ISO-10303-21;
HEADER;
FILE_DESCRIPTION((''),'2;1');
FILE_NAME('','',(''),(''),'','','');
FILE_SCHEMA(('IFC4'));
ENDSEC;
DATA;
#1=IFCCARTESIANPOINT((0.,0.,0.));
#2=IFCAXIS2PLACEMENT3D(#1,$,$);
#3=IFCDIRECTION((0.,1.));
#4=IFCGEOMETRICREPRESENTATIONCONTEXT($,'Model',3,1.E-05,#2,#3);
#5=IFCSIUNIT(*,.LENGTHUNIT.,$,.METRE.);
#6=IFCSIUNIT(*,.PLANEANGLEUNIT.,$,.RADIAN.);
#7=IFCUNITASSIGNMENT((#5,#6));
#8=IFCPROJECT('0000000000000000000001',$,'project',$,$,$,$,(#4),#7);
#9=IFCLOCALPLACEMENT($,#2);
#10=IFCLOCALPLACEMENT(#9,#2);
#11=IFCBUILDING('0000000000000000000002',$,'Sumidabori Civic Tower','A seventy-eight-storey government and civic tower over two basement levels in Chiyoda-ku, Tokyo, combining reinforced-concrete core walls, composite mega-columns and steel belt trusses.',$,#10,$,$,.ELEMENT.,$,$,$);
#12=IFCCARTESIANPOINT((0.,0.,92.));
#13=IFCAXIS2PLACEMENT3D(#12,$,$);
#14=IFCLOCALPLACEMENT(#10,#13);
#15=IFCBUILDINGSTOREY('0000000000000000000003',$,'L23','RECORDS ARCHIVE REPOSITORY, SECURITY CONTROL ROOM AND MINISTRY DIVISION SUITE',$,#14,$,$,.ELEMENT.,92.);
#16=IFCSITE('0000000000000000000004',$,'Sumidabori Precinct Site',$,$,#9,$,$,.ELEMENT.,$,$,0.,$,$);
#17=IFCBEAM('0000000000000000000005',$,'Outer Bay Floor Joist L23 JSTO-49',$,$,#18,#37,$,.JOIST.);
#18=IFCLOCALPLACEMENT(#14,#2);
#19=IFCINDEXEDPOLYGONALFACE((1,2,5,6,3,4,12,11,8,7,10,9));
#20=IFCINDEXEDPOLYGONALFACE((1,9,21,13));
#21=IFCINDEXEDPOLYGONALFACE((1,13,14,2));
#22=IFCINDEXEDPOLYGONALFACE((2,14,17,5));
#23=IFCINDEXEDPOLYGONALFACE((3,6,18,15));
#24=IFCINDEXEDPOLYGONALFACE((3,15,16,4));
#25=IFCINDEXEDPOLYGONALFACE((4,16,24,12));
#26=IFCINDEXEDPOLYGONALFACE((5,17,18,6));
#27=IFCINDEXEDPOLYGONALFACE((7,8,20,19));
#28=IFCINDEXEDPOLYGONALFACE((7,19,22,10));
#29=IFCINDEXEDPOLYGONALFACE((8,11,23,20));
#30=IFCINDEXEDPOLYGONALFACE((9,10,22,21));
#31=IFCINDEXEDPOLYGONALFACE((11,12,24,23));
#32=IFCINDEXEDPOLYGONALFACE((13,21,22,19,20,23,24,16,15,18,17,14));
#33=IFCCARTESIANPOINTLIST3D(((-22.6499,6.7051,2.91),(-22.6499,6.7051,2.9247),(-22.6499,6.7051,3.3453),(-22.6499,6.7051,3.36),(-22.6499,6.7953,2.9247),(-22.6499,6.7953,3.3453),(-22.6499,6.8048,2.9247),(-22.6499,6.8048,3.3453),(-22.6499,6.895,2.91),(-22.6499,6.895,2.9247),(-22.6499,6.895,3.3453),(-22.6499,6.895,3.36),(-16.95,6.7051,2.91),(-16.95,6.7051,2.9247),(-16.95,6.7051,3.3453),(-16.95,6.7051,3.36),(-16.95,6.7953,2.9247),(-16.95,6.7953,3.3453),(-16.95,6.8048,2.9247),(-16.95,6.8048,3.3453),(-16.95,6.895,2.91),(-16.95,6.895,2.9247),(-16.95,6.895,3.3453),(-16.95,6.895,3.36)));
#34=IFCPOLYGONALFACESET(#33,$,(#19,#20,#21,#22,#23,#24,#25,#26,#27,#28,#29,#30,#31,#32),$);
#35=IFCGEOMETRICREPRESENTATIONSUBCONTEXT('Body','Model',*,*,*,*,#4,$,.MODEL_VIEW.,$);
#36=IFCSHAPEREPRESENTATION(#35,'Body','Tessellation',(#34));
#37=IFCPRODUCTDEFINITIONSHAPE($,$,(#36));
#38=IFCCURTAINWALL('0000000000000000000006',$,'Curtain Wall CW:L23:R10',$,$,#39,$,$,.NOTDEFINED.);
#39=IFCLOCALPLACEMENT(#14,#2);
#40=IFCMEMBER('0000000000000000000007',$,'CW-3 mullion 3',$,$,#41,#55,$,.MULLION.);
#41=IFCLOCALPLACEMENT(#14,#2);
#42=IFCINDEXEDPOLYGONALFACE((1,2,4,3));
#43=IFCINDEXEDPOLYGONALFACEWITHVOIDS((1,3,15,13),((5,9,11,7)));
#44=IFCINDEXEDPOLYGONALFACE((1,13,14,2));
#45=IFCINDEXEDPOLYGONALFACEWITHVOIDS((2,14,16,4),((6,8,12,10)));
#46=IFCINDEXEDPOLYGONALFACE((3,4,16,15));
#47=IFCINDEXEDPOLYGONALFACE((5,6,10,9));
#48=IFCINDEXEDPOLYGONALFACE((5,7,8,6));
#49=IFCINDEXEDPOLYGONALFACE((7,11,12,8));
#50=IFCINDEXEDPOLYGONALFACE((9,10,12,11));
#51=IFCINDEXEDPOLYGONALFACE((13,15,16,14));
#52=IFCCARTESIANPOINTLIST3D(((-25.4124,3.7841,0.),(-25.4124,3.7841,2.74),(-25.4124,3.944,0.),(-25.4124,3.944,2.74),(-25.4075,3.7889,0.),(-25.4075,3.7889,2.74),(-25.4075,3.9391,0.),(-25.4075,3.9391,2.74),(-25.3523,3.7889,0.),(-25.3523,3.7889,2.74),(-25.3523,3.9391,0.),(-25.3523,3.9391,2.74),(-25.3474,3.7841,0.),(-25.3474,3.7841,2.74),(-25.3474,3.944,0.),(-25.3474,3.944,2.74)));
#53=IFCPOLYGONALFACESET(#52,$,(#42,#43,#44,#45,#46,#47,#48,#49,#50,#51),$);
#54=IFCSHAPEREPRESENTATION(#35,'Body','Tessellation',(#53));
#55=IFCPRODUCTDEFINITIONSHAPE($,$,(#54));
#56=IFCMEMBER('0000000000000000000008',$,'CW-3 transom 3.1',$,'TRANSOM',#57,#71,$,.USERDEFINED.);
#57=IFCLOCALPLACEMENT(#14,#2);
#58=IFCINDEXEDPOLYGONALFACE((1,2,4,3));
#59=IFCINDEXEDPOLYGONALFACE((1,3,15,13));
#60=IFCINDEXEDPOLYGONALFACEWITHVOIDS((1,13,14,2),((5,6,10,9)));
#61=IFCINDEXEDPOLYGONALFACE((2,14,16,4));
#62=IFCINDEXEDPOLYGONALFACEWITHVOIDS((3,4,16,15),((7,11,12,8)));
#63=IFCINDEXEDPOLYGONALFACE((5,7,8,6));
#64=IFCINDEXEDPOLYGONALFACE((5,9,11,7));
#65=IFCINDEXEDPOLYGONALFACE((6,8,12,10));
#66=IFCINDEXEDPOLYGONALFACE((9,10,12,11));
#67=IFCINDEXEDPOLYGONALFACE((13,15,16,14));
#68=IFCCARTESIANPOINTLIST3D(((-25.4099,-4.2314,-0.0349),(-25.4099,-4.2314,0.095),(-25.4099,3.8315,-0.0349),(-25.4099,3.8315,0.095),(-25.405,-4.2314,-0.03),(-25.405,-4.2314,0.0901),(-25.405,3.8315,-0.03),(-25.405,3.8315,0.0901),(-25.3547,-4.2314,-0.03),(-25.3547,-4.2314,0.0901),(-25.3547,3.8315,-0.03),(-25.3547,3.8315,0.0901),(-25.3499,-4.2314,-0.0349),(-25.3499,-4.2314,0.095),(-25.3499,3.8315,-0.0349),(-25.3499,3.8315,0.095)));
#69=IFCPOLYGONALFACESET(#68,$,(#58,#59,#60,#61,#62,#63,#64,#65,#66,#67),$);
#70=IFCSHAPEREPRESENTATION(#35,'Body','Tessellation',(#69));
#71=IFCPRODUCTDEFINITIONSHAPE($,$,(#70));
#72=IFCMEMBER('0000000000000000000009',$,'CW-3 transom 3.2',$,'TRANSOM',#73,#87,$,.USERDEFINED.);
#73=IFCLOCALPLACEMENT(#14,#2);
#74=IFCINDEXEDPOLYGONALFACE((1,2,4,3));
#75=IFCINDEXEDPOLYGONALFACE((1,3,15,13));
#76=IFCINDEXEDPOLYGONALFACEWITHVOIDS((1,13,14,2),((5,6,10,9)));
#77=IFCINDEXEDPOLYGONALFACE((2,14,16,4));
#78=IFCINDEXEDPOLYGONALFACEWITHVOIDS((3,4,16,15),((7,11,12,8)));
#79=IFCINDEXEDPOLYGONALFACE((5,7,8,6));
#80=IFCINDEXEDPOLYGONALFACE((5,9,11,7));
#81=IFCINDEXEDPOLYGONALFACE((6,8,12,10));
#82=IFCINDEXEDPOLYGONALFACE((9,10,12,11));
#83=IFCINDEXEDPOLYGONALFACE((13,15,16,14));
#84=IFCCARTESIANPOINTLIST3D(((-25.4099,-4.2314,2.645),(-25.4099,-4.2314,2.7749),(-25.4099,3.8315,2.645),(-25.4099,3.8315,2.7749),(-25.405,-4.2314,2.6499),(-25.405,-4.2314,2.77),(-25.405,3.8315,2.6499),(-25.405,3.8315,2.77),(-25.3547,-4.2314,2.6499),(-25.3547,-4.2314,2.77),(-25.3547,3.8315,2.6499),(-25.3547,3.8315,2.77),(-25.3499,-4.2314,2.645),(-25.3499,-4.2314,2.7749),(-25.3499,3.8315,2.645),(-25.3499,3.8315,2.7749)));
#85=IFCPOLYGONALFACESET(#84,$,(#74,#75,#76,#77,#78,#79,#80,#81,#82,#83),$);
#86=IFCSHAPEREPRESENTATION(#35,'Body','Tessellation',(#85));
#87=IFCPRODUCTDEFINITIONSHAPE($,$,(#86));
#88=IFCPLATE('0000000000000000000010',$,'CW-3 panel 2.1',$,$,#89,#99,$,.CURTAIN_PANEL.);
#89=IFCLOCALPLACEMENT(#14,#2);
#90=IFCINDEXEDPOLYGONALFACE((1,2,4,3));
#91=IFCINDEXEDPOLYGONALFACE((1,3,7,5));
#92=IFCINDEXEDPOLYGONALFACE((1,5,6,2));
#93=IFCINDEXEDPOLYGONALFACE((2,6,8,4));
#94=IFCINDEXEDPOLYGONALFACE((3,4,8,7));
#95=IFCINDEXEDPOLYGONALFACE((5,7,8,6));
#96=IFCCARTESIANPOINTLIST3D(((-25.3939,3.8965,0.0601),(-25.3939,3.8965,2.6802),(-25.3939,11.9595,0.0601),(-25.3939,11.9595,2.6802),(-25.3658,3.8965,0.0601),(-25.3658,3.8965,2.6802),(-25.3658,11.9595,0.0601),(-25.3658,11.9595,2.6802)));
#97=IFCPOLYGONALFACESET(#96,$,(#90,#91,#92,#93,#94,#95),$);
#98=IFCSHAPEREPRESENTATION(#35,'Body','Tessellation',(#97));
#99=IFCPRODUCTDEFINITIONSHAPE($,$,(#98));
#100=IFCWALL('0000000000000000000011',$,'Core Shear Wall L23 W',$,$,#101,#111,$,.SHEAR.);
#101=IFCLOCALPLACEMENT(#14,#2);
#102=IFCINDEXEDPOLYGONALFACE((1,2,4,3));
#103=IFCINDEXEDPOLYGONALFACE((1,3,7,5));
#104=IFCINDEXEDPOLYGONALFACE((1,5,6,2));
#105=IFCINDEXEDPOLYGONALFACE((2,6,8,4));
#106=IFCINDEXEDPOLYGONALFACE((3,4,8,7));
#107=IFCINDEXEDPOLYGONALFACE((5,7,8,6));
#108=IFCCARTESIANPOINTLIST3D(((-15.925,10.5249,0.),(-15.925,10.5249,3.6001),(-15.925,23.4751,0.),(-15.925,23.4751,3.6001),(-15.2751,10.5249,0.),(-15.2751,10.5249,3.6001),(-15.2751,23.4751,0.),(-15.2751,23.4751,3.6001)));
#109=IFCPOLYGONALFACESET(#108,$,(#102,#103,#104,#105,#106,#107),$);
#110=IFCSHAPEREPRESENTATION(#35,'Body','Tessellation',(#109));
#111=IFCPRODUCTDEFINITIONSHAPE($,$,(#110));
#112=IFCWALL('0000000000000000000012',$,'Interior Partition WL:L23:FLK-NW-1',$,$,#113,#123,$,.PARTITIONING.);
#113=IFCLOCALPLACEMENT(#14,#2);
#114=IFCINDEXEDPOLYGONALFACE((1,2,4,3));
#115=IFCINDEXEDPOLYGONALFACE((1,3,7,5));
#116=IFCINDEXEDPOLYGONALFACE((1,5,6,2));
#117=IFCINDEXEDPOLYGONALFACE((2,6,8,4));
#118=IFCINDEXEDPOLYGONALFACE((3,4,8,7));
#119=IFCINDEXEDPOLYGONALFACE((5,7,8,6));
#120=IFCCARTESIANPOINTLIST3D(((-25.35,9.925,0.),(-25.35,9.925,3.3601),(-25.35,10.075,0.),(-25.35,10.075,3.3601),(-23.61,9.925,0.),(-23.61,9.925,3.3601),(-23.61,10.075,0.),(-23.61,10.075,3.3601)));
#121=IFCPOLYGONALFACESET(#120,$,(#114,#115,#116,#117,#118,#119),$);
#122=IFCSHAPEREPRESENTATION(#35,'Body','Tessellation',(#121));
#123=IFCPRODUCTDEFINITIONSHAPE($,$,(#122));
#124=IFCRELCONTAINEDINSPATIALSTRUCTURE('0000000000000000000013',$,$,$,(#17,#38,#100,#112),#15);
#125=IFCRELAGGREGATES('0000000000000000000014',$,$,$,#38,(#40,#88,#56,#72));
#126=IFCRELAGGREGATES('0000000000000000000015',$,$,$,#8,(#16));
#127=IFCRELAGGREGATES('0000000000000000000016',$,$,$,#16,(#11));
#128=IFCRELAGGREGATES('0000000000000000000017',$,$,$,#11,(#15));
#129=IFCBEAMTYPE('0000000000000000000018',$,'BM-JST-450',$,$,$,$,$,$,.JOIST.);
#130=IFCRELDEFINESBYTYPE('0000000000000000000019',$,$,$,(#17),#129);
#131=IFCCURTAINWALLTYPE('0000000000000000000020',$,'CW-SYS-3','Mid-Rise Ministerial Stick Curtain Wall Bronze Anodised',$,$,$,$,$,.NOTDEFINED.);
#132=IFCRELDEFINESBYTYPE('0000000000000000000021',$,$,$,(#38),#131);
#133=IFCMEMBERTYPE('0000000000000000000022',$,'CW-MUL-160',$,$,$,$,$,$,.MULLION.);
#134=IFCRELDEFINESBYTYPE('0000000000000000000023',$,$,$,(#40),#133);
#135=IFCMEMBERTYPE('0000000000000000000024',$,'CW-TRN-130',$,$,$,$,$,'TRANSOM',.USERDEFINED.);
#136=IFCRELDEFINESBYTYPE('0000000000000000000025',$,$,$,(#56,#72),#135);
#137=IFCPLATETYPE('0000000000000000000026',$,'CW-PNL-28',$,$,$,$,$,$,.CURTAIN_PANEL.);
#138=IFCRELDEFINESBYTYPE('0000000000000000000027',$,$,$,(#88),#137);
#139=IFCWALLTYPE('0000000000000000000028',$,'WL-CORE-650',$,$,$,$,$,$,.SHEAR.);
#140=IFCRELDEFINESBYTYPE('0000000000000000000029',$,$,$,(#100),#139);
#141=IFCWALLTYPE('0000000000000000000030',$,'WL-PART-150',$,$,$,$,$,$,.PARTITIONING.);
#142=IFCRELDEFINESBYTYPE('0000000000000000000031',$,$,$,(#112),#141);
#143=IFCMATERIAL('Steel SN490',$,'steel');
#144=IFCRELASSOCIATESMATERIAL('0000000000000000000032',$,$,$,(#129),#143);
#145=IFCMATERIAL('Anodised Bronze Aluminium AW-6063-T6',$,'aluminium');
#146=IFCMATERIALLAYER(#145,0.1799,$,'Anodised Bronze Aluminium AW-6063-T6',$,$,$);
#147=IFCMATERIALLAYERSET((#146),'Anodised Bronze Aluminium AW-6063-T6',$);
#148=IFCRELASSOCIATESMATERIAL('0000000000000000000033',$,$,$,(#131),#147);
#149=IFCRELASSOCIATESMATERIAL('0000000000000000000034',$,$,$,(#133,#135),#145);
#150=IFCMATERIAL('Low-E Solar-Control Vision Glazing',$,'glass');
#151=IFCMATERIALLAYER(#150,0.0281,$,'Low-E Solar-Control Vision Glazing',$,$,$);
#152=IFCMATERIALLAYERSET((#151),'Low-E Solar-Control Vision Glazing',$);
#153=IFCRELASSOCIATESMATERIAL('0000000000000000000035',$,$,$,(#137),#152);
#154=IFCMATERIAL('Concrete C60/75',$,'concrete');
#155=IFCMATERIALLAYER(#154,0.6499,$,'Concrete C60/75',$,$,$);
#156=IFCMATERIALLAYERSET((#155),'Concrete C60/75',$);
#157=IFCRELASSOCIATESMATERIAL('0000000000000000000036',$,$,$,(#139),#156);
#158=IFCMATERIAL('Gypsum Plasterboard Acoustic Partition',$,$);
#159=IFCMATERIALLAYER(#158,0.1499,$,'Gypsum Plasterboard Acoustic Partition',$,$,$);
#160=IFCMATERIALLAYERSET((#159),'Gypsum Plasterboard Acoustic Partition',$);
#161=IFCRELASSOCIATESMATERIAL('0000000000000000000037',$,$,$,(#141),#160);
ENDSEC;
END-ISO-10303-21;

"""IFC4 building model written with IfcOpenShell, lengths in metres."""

from ifc_helpers import new_model, si_unit, direction, frame, frame_2d, origin, origin_2d, place, context, subcontext, project, spatial, rectangle, hollow_rectangle, i_section, extrude, source, transform, mapped, material, layer, layer_set, material_profile, profile_set, type_object, element, aggregate, save


model = new_model("IFC4")

# Units and contexts
model_context = context("Model", 3, precision=1e-05, world=origin(), true_north=direction((0.0, 1.0)))
body_context = subcontext(model_context, "Body", "Model", "MODEL_VIEW")
ifc_project = project(units=[si_unit("LENGTHUNIT", "METRE"), si_unit("PLANEANGLEUNIT", "RADIAN")], contexts=[model_context])

# Site, building, storey
site_placement = place(None, origin())
site = spatial("IfcSite", under=ifc_project, at=site_placement, Name="Sumidabori Precinct Site", CompositionType="ELEMENT", RefElevation=0.0)
building_placement = place(site_placement, origin())
building = spatial("IfcBuilding", under=site, at=building_placement, Name="Sumidabori Civic Tower", Description="A seventy-eight-storey government and civic tower over two basement levels in Chiyoda-ku, Tokyo, combining reinforced-concrete core walls, composite mega-columns and steel belt trusses.", CompositionType="ELEMENT")
storey_placement = place(building_placement, frame((0.0, 0.0, 92.0)))
storey = spatial("IfcBuildingStorey", under=building, at=storey_placement, Name="L23", Description="RECORDS ARCHIVE REPOSITORY, SECURITY CONTROL ROOM AND MINISTRY DIVISION SUITE", CompositionType="ELEMENT", Elevation=92.0)

# Shared definitions
ifc_material_1 = material(Name="Concrete C60/75", Category="concrete")

# Beam
ifc_material_2 = material(Name="Steel SN490", Category="steel")
ifc_material_profile_1 = material_profile(ifc_material_2, i_section(OverallWidth=0.1899, OverallDepth=0.45, WebThickness=0.0095, FlangeThickness=0.0146, at=origin_2d()), Name="IPE 450")
ifc_profile_set_1 = profile_set([ifc_material_profile_1], Name="Steel SN490")
beam_type_1 = type_object("IfcBeamType", Name="BM-JST-450", PredefinedType="JOIST", material=ifc_profile_set_1)
shared_shape_1 = source(origin(), body_context, "Body", "SweptSolid", [
    extrude(i_section(OverallWidth=0.1899, OverallDepth=0.45, WebThickness=0.0095, FlangeThickness=0.0146, at=origin_2d()), origin(), (0.0, 0.0, 1.0), 5.7),
])
for number, where, z_axis, x_axis, name in (
    (1, (-22.6499, 6.8, 3.135), (1.0, 0.0, 0.0), (0.0, 1.0, 0.0), "Outer Bay Floor Joist L23 JSTO-49"),
):
    element("IfcBeam", number, at=place(storey_placement, frame(where, z_axis=z_axis, x_axis=x_axis)), inside=storey, type_object=beam_type_1, Name=name, PredefinedType="JOIST", context=body_context, shape_type="MappedRepresentation", body=[
        mapped(shared_shape_1, transform((0.0, 0.0, 0.0), x_axis=(1.0, 0.0, 0.0), y_axis=(0.0, 1.0, 0.0), z_axis=(0.0, 0.0, 1.0), scale=1.0)),
    ])

# Curtain wall, members, plate
ifc_material_3 = material(Name="Anodised Bronze Aluminium AW-6063-T6", Category="aluminium")
ifc_layer_1 = layer(ifc_material_3, 0.1799, Name="Anodised Bronze Aluminium AW-6063-T6")
ifc_layer_set_1 = layer_set([ifc_layer_1], Name="Anodised Bronze Aluminium AW-6063-T6")
curtain_wall_type = type_object("IfcCurtainWallType", Name="CW-SYS-3", Description="Mid-Rise Ministerial Stick Curtain Wall Bronze Anodised", PredefinedType="NOTDEFINED", material=ifc_layer_set_1)
curtain_wall_placement = place(storey_placement, origin())
curtain_wall = element("IfcCurtainWall", 2, at=curtain_wall_placement, inside=storey, type_object=curtain_wall_type, Name="Curtain Wall CW:L23:R10", PredefinedType="NOTDEFINED")
ifc_material_profile_2 = material_profile(ifc_material_3, hollow_rectangle(XDim=0.0649, YDim=0.1599, WallThickness=0.0049, at=origin_2d()), Name="ALU MULLION 160x65")
ifc_profile_set_2 = profile_set([ifc_material_profile_2], Name="Anodised Bronze Aluminium AW-6063-T6")
member_type_1 = type_object("IfcMemberType", Name="CW-MUL-160", PredefinedType="MULLION", material=ifc_profile_set_2)
shared_shape_2 = source(origin(), body_context, "Body", "SweptSolid", [
    extrude(hollow_rectangle(XDim=0.0649, YDim=0.1599, WallThickness=0.0049, at=origin_2d()), origin(), (0.0, 0.0, 1.0), 2.74),
])
member_1_placement = place(storey_placement, frame((-25.3799, 3.864, 0.0), z_axis=(0.0, 0.0, 1.0), x_axis=(1.0, 0.0, 0.0)))
member_1 = element("IfcMember", 3, at=member_1_placement, type_object=member_type_1, Name="CW-3 mullion 3", PredefinedType="MULLION", context=body_context, shape_type="MappedRepresentation", body=[
    mapped(shared_shape_2, transform((0.0, 0.0, 0.0), x_axis=(1.0, 0.0, 0.0), y_axis=(0.0, 1.0, 0.0), z_axis=(0.0, 0.0, 1.0), scale=1.0)),
])
ifc_material_profile_3 = material_profile(ifc_material_3, hollow_rectangle(XDim=0.0601, YDim=0.1299, WallThickness=0.0049, at=origin_2d()), Name="ALU TRANSOM 130x60")
ifc_profile_set_3 = profile_set([ifc_material_profile_3], Name="Anodised Bronze Aluminium AW-6063-T6")
member_type_2 = type_object("IfcMemberType", Name="CW-TRN-130", ElementType="TRANSOM", PredefinedType="USERDEFINED", material=ifc_profile_set_3)
shared_shape_3 = source(origin(), body_context, "Body", "SweptSolid", [
    extrude(hollow_rectangle(XDim=0.0601, YDim=0.1299, WallThickness=0.0049, at=origin_2d()), origin(), (0.0, 0.0, 1.0), 8.063),
])
member_2_placement = place(storey_placement, frame((-25.3799, 3.8315, 0.03), z_axis=(0.0, -1.0, 0.0), x_axis=(1.0, 0.0, 0.0)))
member_2 = element("IfcMember", 4, at=member_2_placement, type_object=member_type_2, Name="CW-3 transom 3.1", ObjectType="TRANSOM", PredefinedType="USERDEFINED", context=body_context, shape_type="MappedRepresentation", body=[
    mapped(shared_shape_3, transform((0.0, 0.0, 0.0), x_axis=(1.0, 0.0, 0.0), y_axis=(0.0, 1.0, 0.0), z_axis=(0.0, 0.0, 1.0), scale=1.0)),
])
member_3_placement = place(storey_placement, frame((-25.3799, 3.8315, 2.71), z_axis=(0.0, -1.0, 0.0), x_axis=(1.0, 0.0, 0.0)))
member_3 = element("IfcMember", 5, at=member_3_placement, type_object=member_type_2, Name="CW-3 transom 3.2", ObjectType="TRANSOM", PredefinedType="USERDEFINED", context=body_context, shape_type="MappedRepresentation", body=[
    mapped(shared_shape_3, transform((0.0, 0.0, 0.0), x_axis=(1.0, 0.0, 0.0), y_axis=(0.0, 1.0, 0.0), z_axis=(0.0, 0.0, 1.0), scale=1.0)),
])
ifc_material_4 = material(Name="Low-E Solar-Control Vision Glazing", Category="glass")
ifc_layer_2 = layer(ifc_material_4, 0.0281, Name="Low-E Solar-Control Vision Glazing")
ifc_layer_set_2 = layer_set([ifc_layer_2], Name="Low-E Solar-Control Vision Glazing")
plate_type = type_object("IfcPlateType", Name="CW-PNL-28", PredefinedType="CURTAIN_PANEL", material=ifc_layer_set_2)
shared_shape_4 = source(origin(), body_context, "Body", "SweptSolid", [
    extrude(rectangle(XDim=8.063, YDim=0.0281, at=origin_2d()), origin(), (0.0, 0.0, 1.0), 2.6201),
])
plate_placement = place(storey_placement, frame((-25.3799, 7.928, 0.0601), z_axis=(0.0, 0.0, 1.0), x_axis=(0.0, -1.0, 0.0)))
plate = element("IfcPlate", 6, at=plate_placement, type_object=plate_type, Name="CW-3 panel 2.1", PredefinedType="CURTAIN_PANEL", context=body_context, shape_type="MappedRepresentation", body=[
    mapped(shared_shape_4, transform((0.0, 0.0, 0.0), x_axis=(1.0, 0.0, 0.0), y_axis=(0.0, 1.0, 0.0), z_axis=(0.0, 0.0, 1.0), scale=1.0)),
])
aggregate(curtain_wall, [member_1, plate, member_2, member_3])

# Shared definitions
ifc_layer_3 = layer(ifc_material_1, 0.6499, Name="Concrete C60/75")
ifc_layer_set_3 = layer_set([ifc_layer_3], Name="Concrete C60/75")
wall_type_1 = type_object("IfcWallType", Name="WL-CORE-650", PredefinedType="SHEAR", material=ifc_layer_set_3)

# Walls
shared_shape_5 = source(origin(), body_context, "Body", "SweptSolid", [
    extrude(rectangle(XDim=12.9502, YDim=0.6499, at=frame_2d((6.4751, 0.0))), origin(), (0.0, 0.0, 1.0), 3.6001),
])
wall_1_placement = place(storey_placement, frame((-15.6001, 10.5249, 0.0), z_axis=(0.0, 0.0, 1.0), x_axis=(0.0, 1.0, 0.0)))
element("IfcWall", 7, at=wall_1_placement, inside=storey, type_object=wall_type_1, Name="Core Shear Wall L23 W", PredefinedType="SHEAR", context=body_context, shape_type="MappedRepresentation", body=[
    mapped(shared_shape_5, transform((0.0, 0.0, 0.0), x_axis=(1.0, 0.0, 0.0), y_axis=(0.0, 1.0, 0.0), z_axis=(0.0, 0.0, 1.0), scale=1.0)),
])
ifc_material_5 = material(Name="Gypsum Plasterboard Acoustic Partition")
ifc_layer_4 = layer(ifc_material_5, 0.1499, Name="Gypsum Plasterboard Acoustic Partition")
ifc_layer_set_4 = layer_set([ifc_layer_4], Name="Gypsum Plasterboard Acoustic Partition")
wall_type_2 = type_object("IfcWallType", Name="WL-PART-150", PredefinedType="PARTITIONING", material=ifc_layer_set_4)
shared_shape_6 = source(origin(), body_context, "Body", "SweptSolid", [
    extrude(rectangle(XDim=1.74, YDim=0.1499, at=frame_2d((0.8701, 0.0))), origin(), (0.0, 0.0, 1.0), 3.3601),
])
wall_2_placement = place(storey_placement, frame((-25.3501, 10.0, 0.0), z_axis=(0.0, 0.0, 1.0), x_axis=(1.0, 0.0, 0.0)))
element("IfcWall", 8, at=wall_2_placement, inside=storey, type_object=wall_type_2, Name="Interior Partition WL:L23:FLK-NW-1", PredefinedType="PARTITIONING", context=body_context, shape_type="MappedRepresentation", body=[
    mapped(shared_shape_6, transform((0.0, 0.0, 0.0), x_axis=(1.0, 0.0, 0.0), y_axis=(0.0, 1.0, 0.0), z_axis=(0.0, 0.0, 1.0), scale=1.0)),
])

save(model, "model.ifc")
